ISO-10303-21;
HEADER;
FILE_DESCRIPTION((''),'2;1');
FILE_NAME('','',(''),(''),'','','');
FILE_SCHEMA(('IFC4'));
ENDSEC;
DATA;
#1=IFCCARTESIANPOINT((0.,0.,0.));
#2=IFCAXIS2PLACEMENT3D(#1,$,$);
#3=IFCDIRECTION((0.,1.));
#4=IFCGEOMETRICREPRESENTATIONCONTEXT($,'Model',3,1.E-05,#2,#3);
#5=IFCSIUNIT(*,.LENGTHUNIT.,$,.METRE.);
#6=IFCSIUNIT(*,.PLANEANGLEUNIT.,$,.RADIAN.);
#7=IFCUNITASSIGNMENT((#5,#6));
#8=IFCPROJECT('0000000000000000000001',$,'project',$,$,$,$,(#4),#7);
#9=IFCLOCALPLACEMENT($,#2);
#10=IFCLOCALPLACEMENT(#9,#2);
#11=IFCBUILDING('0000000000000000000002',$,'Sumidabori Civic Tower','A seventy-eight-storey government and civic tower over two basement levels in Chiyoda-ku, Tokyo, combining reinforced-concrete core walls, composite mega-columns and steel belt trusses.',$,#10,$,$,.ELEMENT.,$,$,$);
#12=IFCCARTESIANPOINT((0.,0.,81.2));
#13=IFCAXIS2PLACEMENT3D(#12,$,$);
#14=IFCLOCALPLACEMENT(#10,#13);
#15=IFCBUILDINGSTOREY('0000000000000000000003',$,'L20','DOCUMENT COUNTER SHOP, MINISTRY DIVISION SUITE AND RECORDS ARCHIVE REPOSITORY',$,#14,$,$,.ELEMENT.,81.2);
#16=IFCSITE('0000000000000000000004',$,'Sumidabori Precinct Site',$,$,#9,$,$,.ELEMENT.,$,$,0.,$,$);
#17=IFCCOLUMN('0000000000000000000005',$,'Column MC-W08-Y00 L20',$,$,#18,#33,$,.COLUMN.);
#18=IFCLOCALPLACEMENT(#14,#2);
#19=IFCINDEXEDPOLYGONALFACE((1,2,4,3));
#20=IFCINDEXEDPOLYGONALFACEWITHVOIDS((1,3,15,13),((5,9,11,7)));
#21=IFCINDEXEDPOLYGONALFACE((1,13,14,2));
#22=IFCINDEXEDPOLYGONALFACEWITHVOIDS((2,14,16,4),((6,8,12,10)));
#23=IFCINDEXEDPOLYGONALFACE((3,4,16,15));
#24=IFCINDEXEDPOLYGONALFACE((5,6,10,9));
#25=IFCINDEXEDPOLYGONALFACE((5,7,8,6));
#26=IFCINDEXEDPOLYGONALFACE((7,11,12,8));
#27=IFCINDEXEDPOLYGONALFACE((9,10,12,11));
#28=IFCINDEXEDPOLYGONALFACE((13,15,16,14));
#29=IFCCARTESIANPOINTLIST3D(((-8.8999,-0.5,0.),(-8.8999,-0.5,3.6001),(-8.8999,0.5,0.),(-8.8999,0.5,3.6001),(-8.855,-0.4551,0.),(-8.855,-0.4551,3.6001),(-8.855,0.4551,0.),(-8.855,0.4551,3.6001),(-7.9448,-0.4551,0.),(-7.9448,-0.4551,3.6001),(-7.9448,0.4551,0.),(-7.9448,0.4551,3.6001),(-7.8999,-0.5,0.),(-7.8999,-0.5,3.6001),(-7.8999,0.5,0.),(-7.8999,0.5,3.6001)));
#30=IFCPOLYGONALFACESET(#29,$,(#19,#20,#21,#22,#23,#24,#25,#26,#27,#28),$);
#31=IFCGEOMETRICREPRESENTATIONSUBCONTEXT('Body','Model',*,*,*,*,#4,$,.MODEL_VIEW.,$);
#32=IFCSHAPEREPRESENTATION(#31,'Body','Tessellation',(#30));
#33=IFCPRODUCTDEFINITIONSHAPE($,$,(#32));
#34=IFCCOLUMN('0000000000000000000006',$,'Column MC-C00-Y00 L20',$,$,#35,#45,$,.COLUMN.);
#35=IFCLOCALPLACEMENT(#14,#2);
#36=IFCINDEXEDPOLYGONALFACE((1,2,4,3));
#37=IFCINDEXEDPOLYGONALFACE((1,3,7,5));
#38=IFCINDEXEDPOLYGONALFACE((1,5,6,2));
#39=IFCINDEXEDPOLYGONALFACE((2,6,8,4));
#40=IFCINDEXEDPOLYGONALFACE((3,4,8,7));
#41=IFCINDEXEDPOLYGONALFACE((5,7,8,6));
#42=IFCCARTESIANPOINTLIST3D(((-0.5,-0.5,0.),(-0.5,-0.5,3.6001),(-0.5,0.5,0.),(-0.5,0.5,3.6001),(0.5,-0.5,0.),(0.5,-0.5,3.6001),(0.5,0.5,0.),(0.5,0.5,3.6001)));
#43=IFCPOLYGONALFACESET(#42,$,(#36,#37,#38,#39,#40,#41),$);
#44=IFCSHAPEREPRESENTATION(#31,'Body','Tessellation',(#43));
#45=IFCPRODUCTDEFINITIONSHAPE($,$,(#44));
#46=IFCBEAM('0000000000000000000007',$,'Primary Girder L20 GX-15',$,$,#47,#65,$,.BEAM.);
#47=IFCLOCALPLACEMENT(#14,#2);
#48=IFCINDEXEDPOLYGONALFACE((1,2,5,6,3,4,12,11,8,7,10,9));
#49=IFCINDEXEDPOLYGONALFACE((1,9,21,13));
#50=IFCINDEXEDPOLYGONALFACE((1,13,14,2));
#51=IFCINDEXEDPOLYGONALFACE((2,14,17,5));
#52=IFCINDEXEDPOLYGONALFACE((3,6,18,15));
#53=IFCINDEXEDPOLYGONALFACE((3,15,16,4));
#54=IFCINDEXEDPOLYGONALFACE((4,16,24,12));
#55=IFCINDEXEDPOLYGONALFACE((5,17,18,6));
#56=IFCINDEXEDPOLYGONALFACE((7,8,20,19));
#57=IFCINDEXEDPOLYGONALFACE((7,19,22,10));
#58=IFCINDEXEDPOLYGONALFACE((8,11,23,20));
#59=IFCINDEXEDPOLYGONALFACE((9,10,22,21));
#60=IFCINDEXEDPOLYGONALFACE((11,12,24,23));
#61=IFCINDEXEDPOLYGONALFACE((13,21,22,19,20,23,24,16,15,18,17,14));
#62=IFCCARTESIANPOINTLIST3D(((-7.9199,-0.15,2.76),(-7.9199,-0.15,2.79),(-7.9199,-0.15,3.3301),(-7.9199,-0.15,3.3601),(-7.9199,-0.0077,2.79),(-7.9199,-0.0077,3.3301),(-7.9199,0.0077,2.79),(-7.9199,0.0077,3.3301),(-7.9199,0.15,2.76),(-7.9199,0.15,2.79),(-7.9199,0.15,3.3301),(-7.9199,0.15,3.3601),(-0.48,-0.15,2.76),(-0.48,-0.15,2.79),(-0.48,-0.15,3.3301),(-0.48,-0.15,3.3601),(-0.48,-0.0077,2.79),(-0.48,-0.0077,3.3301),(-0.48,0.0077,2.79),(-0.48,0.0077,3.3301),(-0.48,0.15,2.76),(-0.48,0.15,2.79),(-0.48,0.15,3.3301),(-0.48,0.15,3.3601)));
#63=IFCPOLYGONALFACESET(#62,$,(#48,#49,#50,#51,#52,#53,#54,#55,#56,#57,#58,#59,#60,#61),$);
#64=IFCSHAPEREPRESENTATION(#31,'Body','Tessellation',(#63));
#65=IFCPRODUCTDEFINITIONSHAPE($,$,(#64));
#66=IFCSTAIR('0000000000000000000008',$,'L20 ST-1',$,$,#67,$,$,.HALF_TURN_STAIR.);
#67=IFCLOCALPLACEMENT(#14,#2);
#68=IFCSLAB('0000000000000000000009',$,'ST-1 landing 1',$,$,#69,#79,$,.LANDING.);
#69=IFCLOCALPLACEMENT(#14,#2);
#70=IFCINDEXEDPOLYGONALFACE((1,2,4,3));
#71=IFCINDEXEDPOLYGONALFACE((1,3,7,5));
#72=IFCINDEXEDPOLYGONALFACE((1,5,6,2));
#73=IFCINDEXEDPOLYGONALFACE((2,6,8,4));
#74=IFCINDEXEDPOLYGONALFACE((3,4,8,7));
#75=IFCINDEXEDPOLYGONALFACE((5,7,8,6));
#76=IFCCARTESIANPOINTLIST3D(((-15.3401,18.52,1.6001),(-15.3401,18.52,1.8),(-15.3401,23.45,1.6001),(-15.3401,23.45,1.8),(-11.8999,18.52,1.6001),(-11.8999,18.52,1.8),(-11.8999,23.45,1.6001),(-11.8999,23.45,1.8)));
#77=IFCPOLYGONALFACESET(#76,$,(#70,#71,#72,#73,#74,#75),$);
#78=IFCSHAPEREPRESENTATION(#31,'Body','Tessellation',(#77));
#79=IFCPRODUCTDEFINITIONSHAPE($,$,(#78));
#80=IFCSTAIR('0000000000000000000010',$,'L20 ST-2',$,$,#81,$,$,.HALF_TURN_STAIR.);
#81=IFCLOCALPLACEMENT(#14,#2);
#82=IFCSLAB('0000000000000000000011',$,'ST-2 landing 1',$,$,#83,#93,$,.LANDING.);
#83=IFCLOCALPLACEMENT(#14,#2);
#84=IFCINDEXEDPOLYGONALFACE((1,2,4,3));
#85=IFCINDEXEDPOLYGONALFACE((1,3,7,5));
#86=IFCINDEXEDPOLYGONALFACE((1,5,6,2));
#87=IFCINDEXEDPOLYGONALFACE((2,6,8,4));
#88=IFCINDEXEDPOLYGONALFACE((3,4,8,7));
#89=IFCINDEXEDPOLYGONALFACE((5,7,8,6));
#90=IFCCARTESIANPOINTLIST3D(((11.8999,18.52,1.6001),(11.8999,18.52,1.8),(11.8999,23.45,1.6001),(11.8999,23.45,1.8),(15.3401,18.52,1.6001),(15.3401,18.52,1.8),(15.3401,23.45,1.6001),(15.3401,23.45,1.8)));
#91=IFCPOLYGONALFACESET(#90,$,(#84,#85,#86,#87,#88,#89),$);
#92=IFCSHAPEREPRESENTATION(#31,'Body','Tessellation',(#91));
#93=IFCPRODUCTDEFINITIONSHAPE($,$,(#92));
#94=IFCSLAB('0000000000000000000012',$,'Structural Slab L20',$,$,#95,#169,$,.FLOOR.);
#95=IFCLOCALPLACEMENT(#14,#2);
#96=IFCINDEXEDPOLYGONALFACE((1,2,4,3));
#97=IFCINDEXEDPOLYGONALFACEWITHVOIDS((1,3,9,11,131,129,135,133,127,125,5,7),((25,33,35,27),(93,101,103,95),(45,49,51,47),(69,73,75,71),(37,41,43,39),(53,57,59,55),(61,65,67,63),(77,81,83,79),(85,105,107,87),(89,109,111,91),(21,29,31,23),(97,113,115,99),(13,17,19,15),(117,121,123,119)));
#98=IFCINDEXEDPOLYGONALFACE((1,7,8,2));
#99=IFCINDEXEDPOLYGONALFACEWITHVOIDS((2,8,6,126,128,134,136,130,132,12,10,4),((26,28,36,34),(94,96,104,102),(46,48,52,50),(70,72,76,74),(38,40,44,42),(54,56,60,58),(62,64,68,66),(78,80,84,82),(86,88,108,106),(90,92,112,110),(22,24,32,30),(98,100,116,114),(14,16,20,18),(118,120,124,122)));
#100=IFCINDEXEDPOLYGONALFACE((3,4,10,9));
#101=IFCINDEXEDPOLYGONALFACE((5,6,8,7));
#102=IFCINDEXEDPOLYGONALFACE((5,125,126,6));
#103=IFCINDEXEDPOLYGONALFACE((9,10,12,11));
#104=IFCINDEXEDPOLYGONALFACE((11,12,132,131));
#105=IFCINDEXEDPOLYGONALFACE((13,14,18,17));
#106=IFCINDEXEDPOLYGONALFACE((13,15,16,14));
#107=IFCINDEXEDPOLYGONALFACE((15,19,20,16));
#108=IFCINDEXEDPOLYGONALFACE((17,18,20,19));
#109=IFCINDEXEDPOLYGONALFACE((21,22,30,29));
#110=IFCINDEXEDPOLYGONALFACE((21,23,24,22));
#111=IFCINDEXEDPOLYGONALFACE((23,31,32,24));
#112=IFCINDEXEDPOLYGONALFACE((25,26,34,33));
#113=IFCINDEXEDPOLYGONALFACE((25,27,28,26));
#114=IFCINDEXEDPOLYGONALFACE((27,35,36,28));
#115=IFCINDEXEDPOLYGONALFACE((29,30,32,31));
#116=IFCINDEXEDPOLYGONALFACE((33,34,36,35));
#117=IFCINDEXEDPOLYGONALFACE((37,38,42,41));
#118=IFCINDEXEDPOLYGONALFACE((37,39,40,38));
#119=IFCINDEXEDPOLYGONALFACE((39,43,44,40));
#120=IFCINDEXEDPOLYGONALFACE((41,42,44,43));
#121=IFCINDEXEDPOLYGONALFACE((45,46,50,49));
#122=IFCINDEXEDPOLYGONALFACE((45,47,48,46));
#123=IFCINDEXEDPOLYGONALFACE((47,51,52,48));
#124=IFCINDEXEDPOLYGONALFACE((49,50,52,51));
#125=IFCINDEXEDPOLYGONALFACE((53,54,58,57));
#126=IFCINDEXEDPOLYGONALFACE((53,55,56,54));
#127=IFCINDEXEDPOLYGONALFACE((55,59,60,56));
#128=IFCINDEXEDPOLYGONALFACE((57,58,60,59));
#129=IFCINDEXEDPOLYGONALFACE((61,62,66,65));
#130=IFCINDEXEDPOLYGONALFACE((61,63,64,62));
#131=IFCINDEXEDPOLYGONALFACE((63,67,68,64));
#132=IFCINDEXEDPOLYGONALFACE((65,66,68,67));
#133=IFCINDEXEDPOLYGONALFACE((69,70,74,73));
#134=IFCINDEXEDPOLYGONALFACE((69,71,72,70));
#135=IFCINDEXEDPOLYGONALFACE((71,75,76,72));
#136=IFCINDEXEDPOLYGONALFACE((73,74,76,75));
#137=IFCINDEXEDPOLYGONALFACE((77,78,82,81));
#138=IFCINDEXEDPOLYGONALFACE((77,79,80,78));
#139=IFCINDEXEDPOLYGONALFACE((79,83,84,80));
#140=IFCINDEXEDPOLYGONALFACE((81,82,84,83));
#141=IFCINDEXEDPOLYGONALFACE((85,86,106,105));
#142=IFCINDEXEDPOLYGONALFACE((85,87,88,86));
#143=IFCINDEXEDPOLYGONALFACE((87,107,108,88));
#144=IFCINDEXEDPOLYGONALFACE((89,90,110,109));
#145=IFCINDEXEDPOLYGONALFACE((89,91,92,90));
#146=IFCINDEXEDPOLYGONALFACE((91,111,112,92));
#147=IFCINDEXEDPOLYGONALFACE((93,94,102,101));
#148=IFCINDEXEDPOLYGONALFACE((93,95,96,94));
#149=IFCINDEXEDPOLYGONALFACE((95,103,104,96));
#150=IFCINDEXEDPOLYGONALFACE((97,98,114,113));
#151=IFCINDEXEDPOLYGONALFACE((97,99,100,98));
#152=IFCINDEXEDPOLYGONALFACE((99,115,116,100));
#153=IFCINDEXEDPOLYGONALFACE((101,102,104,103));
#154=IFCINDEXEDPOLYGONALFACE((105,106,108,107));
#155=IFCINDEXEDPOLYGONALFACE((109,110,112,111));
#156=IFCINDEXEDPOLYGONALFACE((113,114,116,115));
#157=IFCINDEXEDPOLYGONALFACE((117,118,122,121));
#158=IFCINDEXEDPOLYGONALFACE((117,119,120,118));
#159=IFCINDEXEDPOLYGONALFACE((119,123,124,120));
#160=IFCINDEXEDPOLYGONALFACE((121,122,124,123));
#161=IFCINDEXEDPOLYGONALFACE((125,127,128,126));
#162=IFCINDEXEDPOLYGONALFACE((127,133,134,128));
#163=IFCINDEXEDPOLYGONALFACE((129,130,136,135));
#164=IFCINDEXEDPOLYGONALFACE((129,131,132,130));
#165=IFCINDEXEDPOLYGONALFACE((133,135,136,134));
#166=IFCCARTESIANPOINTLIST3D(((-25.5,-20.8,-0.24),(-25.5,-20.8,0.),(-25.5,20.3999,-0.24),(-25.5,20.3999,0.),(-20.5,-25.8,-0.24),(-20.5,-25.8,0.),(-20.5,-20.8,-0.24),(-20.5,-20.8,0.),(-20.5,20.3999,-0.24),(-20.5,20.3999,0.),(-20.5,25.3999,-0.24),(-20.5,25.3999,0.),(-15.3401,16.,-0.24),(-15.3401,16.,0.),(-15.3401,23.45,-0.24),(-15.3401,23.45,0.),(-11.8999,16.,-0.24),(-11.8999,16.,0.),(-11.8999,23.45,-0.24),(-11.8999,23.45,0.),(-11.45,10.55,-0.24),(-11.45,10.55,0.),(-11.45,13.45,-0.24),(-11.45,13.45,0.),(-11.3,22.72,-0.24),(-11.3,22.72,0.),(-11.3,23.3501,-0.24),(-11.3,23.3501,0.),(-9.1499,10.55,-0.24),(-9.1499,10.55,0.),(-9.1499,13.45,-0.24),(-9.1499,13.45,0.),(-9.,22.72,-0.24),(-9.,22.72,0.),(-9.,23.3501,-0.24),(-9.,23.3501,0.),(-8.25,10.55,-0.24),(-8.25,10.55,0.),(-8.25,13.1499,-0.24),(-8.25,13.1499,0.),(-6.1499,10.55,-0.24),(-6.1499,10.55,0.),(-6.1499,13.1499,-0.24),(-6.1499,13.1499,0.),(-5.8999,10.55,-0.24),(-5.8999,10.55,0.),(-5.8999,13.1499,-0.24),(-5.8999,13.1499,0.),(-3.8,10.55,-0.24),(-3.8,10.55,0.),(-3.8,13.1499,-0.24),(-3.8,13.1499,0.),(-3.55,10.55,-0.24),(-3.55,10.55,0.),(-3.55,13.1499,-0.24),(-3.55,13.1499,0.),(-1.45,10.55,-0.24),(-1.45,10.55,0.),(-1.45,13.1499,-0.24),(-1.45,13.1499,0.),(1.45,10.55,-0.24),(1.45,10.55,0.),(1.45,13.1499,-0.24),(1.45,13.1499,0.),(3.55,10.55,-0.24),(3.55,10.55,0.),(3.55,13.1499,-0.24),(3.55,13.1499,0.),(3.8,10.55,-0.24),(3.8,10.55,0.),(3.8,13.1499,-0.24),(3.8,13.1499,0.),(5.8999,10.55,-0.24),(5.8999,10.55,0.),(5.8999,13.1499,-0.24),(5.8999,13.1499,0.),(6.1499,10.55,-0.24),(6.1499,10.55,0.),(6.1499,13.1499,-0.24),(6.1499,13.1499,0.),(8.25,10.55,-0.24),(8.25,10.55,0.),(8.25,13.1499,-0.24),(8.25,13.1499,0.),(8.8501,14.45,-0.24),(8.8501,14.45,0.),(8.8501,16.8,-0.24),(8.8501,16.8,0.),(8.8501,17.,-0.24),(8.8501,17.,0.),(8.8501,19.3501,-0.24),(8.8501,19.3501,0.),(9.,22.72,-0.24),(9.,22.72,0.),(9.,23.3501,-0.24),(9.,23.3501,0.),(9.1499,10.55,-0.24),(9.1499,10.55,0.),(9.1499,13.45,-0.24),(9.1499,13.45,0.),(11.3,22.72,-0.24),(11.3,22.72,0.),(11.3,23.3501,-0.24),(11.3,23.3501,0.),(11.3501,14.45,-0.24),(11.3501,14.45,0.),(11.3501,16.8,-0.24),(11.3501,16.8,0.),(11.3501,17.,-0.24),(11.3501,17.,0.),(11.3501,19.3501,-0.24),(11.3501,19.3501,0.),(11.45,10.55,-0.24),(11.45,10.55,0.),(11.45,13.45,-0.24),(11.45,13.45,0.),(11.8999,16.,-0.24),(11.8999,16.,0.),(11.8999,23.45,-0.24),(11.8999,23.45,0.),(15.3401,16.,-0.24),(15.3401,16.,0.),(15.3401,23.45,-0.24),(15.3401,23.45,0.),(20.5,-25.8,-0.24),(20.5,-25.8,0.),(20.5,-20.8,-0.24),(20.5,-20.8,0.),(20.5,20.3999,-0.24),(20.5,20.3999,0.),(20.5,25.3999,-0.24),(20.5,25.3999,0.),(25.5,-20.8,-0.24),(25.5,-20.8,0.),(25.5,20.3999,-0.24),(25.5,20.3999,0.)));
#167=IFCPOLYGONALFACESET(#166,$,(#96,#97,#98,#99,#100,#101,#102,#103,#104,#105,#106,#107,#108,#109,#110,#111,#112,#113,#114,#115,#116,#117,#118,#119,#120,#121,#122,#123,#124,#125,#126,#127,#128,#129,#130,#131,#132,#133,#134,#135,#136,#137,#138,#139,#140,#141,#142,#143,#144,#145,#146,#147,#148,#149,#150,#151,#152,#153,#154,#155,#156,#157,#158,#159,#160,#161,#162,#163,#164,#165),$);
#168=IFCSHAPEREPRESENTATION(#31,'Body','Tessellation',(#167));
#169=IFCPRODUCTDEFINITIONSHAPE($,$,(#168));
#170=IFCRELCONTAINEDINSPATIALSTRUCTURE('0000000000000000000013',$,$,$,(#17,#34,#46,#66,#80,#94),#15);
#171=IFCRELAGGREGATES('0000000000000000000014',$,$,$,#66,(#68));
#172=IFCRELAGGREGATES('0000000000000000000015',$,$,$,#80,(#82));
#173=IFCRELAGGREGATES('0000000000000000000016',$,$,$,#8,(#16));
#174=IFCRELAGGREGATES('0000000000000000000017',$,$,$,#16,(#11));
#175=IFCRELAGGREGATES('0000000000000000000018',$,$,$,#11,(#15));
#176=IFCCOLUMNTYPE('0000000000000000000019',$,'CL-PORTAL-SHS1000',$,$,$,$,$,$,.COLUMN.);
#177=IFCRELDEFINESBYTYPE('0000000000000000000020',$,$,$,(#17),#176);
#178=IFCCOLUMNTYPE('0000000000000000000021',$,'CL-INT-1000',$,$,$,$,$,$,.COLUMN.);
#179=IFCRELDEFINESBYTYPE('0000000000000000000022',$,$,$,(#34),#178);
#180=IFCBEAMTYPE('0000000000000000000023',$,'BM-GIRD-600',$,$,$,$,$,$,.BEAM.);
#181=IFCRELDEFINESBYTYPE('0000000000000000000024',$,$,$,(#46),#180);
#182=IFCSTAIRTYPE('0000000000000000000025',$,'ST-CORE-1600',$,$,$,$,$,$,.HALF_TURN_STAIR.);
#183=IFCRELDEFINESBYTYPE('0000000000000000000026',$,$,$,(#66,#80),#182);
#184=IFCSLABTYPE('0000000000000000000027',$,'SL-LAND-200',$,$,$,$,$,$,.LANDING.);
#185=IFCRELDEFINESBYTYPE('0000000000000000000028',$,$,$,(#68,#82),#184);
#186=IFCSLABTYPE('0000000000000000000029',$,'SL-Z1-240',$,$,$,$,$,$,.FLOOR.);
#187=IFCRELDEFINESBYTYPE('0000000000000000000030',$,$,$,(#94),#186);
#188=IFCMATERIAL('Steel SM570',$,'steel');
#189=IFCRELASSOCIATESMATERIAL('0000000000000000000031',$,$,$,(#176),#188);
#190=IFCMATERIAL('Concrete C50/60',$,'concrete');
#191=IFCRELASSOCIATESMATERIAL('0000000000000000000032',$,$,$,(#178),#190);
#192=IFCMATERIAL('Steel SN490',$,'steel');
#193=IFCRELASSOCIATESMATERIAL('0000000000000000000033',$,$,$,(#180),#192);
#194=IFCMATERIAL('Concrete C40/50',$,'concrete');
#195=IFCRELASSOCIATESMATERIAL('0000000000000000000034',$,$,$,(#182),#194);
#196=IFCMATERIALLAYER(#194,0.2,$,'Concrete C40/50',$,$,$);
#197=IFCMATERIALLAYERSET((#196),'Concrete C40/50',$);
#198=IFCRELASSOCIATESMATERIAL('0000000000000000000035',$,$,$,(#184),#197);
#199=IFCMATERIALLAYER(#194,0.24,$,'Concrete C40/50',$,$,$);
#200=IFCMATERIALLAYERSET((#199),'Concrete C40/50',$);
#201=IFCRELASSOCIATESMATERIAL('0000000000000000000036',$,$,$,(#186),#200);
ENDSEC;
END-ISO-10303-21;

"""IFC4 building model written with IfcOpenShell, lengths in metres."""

from ifc_helpers import new_model, si_unit, direction, frame, origin, origin_with_axes, origin_2d, place, context, subcontext, project, spatial, polyline, rectangle, hollow_rectangle, i_section, outline, extrude, source, transform, mapped, material, layer, layer_set, material_profile, profile_set, type_object, element, aggregate, save


model = new_model("IFC4")

# Units and contexts
model_context = context("Model", 3, precision=1e-05, world=origin(), true_north=direction((0.0, 1.0)))
body_context = subcontext(model_context, "Body", "Model", "MODEL_VIEW")
ifc_project = project(units=[si_unit("LENGTHUNIT", "METRE"), si_unit("PLANEANGLEUNIT", "RADIAN")], contexts=[model_context])

# Site, building, storey
site_placement = place(None, origin())
site = spatial("IfcSite", under=ifc_project, at=site_placement, Name="Sumidabori Precinct Site", CompositionType="ELEMENT", RefElevation=0.0)
building_placement = place(site_placement, origin())
building = spatial("IfcBuilding", under=site, at=building_placement, Name="Sumidabori Civic Tower", Description="A seventy-eight-storey government and civic tower over two basement levels in Chiyoda-ku, Tokyo, combining reinforced-concrete core walls, composite mega-columns and steel belt trusses.", CompositionType="ELEMENT")
storey_placement = place(building_placement, frame((0.0, 0.0, 81.2)))
storey = spatial("IfcBuildingStorey", under=building, at=storey_placement, Name="L20", Description="DOCUMENT COUNTER SHOP, MINISTRY DIVISION SUITE AND RECORDS ARCHIVE REPOSITORY", CompositionType="ELEMENT", Elevation=81.2)

# Columns
ifc_material_1 = material(Name="Steel SM570", Category="steel")
ifc_material_profile_1 = material_profile(ifc_material_1, hollow_rectangle(XDim=1.0, YDim=1.0, WallThickness=0.0449, at=origin_2d()), Name="SHS 1000x1000x45")
ifc_profile_set_1 = profile_set([ifc_material_profile_1], Name="Steel SM570")
column_type_1 = type_object("IfcColumnType", Name="CL-PORTAL-SHS1000", PredefinedType="COLUMN", material=ifc_profile_set_1)
shared_shape_1 = source(origin(), body_context, "Body", "SweptSolid", [
    extrude(hollow_rectangle(XDim=1.0, YDim=1.0, WallThickness=0.0449, at=origin_2d()), origin(), (0.0, 0.0, 1.0), 3.6001),
])
column_1_placement = place(storey_placement, frame((-8.3999, 0.0, 0.0), z_axis=(0.0, 0.0, 1.0), x_axis=(1.0, 0.0, 0.0)))
element("IfcColumn", 1, at=column_1_placement, inside=storey, type_object=column_type_1, Name="Column MC-W08-Y00 L20", PredefinedType="COLUMN", context=body_context, shape_type="MappedRepresentation", body=[
    mapped(shared_shape_1, transform((0.0, 0.0, 0.0), x_axis=(1.0, 0.0, 0.0), y_axis=(0.0, 1.0, 0.0), z_axis=(0.0, 0.0, 1.0), scale=1.0)),
])
ifc_material_2 = material(Name="Concrete C50/60", Category="concrete")
ifc_material_profile_2 = material_profile(ifc_material_2, rectangle(XDim=1.0, YDim=1.0, at=origin_2d()), Name="RC 1000x1000")
ifc_profile_set_2 = profile_set([ifc_material_profile_2], Name="Concrete C50/60")
column_type_2 = type_object("IfcColumnType", Name="CL-INT-1000", PredefinedType="COLUMN", material=ifc_profile_set_2)
shared_shape_2 = source(origin(), body_context, "Body", "SweptSolid", [
    extrude(rectangle(XDim=1.0, YDim=1.0, at=origin_2d()), origin(), (0.0, 0.0, 1.0), 3.6001),
])
column_2_placement = place(storey_placement, origin_with_axes())
element("IfcColumn", 2, at=column_2_placement, inside=storey, type_object=column_type_2, Name="Column MC-C00-Y00 L20", PredefinedType="COLUMN", context=body_context, shape_type="MappedRepresentation", body=[
    mapped(shared_shape_2, transform((0.0, 0.0, 0.0), x_axis=(1.0, 0.0, 0.0), y_axis=(0.0, 1.0, 0.0), z_axis=(0.0, 0.0, 1.0), scale=1.0)),
])

# Beam
ifc_material_3 = material(Name="Steel SN490", Category="steel")
ifc_material_profile_3 = material_profile(ifc_material_3, i_section(OverallWidth=0.3, OverallDepth=0.6001, WebThickness=0.0154, FlangeThickness=0.03, at=origin_2d()), Name="HE 600 B")
ifc_profile_set_3 = profile_set([ifc_material_profile_3], Name="Steel SN490")
beam_type = type_object("IfcBeamType", Name="BM-GIRD-600", PredefinedType="BEAM", material=ifc_profile_set_3)
shared_shape_3 = source(origin(), body_context, "Body", "SweptSolid", [
    extrude(i_section(OverallWidth=0.3, OverallDepth=0.6001, WebThickness=0.0154, FlangeThickness=0.03, at=origin_2d()), origin(), (0.0, 0.0, 1.0), 7.4399),
])
beam_placement = place(storey_placement, frame((-7.9199, 0.0, 3.0601), z_axis=(1.0, 0.0, 0.0), x_axis=(0.0, 1.0, 0.0)))
element("IfcBeam", 3, at=beam_placement, inside=storey, type_object=beam_type, Name="Primary Girder L20 GX-15", PredefinedType="BEAM", context=body_context, shape_type="MappedRepresentation", body=[
    mapped(shared_shape_3, transform((0.0, 0.0, 0.0), x_axis=(1.0, 0.0, 0.0), y_axis=(0.0, 1.0, 0.0), z_axis=(0.0, 0.0, 1.0), scale=1.0)),
])

# Stairs, slabs
ifc_material_4 = material(Name="Concrete C40/50", Category="concrete")
stair_type = type_object("IfcStairType", Name="ST-CORE-1600", PredefinedType="HALF_TURN_STAIR", material=ifc_material_4)
stair_1_placement = place(storey_placement, origin())
stair_1 = element("IfcStair", 4, at=stair_1_placement, inside=storey, type_object=stair_type, Name="L20 ST-1", PredefinedType="HALF_TURN_STAIR")
ifc_layer_1 = layer(ifc_material_4, 0.2, Name="Concrete C40/50")
ifc_layer_set_1 = layer_set([ifc_layer_1], Name="Concrete C40/50")
slab_type_1 = type_object("IfcSlabType", Name="SL-LAND-200", PredefinedType="LANDING", material=ifc_layer_set_1)
slab_1_placement = place(storey_placement, frame((0.0, 0.0, 1.6001)))
slab_1 = element("IfcSlab", 5, at=slab_1_placement, type_object=slab_type_1, Name="ST-1 landing 1", PredefinedType="LANDING", context=body_context, shape_type="SweptSolid", body=[
    extrude(outline(polyline([(-11.8999, 18.52), (-11.8999, 23.45), (-15.3401, 23.45), (-15.3401, 18.52), (-11.8999, 18.52)])), origin(), (0.0, 0.0, 1.0), 0.2),
])
aggregate(stair_1, [slab_1])
stair_2_placement = place(storey_placement, origin())
stair_2 = element("IfcStair", 6, at=stair_2_placement, inside=storey, type_object=stair_type, Name="L20 ST-2", PredefinedType="HALF_TURN_STAIR")
slab_2_placement = place(storey_placement, frame((0.0, 0.0, 1.6001)))
slab_2 = element("IfcSlab", 7, at=slab_2_placement, type_object=slab_type_1, Name="ST-2 landing 1", PredefinedType="LANDING", context=body_context, shape_type="SweptSolid", body=[
    extrude(outline(polyline([(15.3401, 18.52), (15.3401, 23.45), (11.8999, 23.45), (11.8999, 18.52), (15.3401, 18.52)])), origin(), (0.0, 0.0, 1.0), 0.2),
])
aggregate(stair_2, [slab_2])

# Slab
ifc_layer_2 = layer(ifc_material_4, 0.24, Name="Concrete C40/50")
ifc_layer_set_2 = layer_set([ifc_layer_2], Name="Concrete C40/50")
slab_type_2 = type_object("IfcSlabType", Name="SL-Z1-240", PredefinedType="FLOOR", material=ifc_layer_set_2)
slab_3_placement = place(storey_placement, frame((0.0, 0.0, -0.24)))
element("IfcSlab", 8, at=slab_3_placement, inside=storey, type_object=slab_type_2, Name="Structural Slab L20", PredefinedType="FLOOR", context=body_context, shape_type="SweptSolid", body=[
    extrude(outline(polyline([(-20.5, -25.8), (20.5, -25.8), (20.5, -20.8), (25.5, -20.8), (25.5, 20.3999), (20.5, 20.3999), (20.5, 25.3999), (-20.5, 25.3999), (-20.5, 20.3999), (-25.5, 20.3999), (-25.5, -20.8), (-20.5, -20.8), (-20.5, -25.8)]), holes=[polyline([(-11.8999, 16.0), (-11.8999, 23.45), (-15.3401, 23.45), (-15.3401, 16.0), (-11.8999, 16.0)]), polyline([(15.3401, 16.0), (15.3401, 23.45), (11.8999, 23.45), (11.8999, 16.0), (15.3401, 16.0)]), polyline([(-11.45, 10.55), (-9.1499, 10.55), (-9.1499, 13.45), (-11.45, 13.45), (-11.45, 10.55)]), polyline([(9.1499, 10.55), (11.45, 10.55), (11.45, 13.45), (9.1499, 13.45), (9.1499, 10.55)]), polyline([(-8.25, 10.55), (-6.1499, 10.55), (-6.1499, 13.1499), (-8.25, 13.1499), (-8.25, 10.55)]), polyline([(-5.8999, 10.55), (-3.8, 10.55), (-3.8, 13.1499), (-5.8999, 13.1499), (-5.8999, 10.55)]), polyline([(-3.55, 10.55), (-1.45, 10.55), (-1.45, 13.1499), (-3.55, 13.1499), (-3.55, 10.55)]), polyline([(1.45, 10.55), (3.55, 10.55), (3.55, 13.1499), (1.45, 13.1499), (1.45, 10.55)]), polyline([(3.8, 10.55), (5.8999, 10.55), (5.8999, 13.1499), (3.8, 13.1499), (3.8, 10.55)]), polyline([(6.1499, 10.55), (8.25, 10.55), (8.25, 13.1499), (6.1499, 13.1499), (6.1499, 10.55)]), polyline([(8.8501, 14.45), (11.3501, 14.45), (11.3501, 16.8), (8.8501, 16.8), (8.8501, 14.45)]), polyline([(8.8501, 17.0), (11.3501, 17.0), (11.3501, 19.3501), (8.8501, 19.3501), (8.8501, 17.0)]), polyline([(-11.3, 22.72), (-9.0, 22.72), (-9.0, 23.3501), (-11.3, 23.3501), (-11.3, 22.72)]), polyline([(9.0, 22.72), (11.3, 22.72), (11.3, 23.3501), (9.0, 23.3501), (9.0, 22.72)])]), origin(), (0.0, 0.0, 1.0), 0.24),
])

save(model, "model.ifc")
